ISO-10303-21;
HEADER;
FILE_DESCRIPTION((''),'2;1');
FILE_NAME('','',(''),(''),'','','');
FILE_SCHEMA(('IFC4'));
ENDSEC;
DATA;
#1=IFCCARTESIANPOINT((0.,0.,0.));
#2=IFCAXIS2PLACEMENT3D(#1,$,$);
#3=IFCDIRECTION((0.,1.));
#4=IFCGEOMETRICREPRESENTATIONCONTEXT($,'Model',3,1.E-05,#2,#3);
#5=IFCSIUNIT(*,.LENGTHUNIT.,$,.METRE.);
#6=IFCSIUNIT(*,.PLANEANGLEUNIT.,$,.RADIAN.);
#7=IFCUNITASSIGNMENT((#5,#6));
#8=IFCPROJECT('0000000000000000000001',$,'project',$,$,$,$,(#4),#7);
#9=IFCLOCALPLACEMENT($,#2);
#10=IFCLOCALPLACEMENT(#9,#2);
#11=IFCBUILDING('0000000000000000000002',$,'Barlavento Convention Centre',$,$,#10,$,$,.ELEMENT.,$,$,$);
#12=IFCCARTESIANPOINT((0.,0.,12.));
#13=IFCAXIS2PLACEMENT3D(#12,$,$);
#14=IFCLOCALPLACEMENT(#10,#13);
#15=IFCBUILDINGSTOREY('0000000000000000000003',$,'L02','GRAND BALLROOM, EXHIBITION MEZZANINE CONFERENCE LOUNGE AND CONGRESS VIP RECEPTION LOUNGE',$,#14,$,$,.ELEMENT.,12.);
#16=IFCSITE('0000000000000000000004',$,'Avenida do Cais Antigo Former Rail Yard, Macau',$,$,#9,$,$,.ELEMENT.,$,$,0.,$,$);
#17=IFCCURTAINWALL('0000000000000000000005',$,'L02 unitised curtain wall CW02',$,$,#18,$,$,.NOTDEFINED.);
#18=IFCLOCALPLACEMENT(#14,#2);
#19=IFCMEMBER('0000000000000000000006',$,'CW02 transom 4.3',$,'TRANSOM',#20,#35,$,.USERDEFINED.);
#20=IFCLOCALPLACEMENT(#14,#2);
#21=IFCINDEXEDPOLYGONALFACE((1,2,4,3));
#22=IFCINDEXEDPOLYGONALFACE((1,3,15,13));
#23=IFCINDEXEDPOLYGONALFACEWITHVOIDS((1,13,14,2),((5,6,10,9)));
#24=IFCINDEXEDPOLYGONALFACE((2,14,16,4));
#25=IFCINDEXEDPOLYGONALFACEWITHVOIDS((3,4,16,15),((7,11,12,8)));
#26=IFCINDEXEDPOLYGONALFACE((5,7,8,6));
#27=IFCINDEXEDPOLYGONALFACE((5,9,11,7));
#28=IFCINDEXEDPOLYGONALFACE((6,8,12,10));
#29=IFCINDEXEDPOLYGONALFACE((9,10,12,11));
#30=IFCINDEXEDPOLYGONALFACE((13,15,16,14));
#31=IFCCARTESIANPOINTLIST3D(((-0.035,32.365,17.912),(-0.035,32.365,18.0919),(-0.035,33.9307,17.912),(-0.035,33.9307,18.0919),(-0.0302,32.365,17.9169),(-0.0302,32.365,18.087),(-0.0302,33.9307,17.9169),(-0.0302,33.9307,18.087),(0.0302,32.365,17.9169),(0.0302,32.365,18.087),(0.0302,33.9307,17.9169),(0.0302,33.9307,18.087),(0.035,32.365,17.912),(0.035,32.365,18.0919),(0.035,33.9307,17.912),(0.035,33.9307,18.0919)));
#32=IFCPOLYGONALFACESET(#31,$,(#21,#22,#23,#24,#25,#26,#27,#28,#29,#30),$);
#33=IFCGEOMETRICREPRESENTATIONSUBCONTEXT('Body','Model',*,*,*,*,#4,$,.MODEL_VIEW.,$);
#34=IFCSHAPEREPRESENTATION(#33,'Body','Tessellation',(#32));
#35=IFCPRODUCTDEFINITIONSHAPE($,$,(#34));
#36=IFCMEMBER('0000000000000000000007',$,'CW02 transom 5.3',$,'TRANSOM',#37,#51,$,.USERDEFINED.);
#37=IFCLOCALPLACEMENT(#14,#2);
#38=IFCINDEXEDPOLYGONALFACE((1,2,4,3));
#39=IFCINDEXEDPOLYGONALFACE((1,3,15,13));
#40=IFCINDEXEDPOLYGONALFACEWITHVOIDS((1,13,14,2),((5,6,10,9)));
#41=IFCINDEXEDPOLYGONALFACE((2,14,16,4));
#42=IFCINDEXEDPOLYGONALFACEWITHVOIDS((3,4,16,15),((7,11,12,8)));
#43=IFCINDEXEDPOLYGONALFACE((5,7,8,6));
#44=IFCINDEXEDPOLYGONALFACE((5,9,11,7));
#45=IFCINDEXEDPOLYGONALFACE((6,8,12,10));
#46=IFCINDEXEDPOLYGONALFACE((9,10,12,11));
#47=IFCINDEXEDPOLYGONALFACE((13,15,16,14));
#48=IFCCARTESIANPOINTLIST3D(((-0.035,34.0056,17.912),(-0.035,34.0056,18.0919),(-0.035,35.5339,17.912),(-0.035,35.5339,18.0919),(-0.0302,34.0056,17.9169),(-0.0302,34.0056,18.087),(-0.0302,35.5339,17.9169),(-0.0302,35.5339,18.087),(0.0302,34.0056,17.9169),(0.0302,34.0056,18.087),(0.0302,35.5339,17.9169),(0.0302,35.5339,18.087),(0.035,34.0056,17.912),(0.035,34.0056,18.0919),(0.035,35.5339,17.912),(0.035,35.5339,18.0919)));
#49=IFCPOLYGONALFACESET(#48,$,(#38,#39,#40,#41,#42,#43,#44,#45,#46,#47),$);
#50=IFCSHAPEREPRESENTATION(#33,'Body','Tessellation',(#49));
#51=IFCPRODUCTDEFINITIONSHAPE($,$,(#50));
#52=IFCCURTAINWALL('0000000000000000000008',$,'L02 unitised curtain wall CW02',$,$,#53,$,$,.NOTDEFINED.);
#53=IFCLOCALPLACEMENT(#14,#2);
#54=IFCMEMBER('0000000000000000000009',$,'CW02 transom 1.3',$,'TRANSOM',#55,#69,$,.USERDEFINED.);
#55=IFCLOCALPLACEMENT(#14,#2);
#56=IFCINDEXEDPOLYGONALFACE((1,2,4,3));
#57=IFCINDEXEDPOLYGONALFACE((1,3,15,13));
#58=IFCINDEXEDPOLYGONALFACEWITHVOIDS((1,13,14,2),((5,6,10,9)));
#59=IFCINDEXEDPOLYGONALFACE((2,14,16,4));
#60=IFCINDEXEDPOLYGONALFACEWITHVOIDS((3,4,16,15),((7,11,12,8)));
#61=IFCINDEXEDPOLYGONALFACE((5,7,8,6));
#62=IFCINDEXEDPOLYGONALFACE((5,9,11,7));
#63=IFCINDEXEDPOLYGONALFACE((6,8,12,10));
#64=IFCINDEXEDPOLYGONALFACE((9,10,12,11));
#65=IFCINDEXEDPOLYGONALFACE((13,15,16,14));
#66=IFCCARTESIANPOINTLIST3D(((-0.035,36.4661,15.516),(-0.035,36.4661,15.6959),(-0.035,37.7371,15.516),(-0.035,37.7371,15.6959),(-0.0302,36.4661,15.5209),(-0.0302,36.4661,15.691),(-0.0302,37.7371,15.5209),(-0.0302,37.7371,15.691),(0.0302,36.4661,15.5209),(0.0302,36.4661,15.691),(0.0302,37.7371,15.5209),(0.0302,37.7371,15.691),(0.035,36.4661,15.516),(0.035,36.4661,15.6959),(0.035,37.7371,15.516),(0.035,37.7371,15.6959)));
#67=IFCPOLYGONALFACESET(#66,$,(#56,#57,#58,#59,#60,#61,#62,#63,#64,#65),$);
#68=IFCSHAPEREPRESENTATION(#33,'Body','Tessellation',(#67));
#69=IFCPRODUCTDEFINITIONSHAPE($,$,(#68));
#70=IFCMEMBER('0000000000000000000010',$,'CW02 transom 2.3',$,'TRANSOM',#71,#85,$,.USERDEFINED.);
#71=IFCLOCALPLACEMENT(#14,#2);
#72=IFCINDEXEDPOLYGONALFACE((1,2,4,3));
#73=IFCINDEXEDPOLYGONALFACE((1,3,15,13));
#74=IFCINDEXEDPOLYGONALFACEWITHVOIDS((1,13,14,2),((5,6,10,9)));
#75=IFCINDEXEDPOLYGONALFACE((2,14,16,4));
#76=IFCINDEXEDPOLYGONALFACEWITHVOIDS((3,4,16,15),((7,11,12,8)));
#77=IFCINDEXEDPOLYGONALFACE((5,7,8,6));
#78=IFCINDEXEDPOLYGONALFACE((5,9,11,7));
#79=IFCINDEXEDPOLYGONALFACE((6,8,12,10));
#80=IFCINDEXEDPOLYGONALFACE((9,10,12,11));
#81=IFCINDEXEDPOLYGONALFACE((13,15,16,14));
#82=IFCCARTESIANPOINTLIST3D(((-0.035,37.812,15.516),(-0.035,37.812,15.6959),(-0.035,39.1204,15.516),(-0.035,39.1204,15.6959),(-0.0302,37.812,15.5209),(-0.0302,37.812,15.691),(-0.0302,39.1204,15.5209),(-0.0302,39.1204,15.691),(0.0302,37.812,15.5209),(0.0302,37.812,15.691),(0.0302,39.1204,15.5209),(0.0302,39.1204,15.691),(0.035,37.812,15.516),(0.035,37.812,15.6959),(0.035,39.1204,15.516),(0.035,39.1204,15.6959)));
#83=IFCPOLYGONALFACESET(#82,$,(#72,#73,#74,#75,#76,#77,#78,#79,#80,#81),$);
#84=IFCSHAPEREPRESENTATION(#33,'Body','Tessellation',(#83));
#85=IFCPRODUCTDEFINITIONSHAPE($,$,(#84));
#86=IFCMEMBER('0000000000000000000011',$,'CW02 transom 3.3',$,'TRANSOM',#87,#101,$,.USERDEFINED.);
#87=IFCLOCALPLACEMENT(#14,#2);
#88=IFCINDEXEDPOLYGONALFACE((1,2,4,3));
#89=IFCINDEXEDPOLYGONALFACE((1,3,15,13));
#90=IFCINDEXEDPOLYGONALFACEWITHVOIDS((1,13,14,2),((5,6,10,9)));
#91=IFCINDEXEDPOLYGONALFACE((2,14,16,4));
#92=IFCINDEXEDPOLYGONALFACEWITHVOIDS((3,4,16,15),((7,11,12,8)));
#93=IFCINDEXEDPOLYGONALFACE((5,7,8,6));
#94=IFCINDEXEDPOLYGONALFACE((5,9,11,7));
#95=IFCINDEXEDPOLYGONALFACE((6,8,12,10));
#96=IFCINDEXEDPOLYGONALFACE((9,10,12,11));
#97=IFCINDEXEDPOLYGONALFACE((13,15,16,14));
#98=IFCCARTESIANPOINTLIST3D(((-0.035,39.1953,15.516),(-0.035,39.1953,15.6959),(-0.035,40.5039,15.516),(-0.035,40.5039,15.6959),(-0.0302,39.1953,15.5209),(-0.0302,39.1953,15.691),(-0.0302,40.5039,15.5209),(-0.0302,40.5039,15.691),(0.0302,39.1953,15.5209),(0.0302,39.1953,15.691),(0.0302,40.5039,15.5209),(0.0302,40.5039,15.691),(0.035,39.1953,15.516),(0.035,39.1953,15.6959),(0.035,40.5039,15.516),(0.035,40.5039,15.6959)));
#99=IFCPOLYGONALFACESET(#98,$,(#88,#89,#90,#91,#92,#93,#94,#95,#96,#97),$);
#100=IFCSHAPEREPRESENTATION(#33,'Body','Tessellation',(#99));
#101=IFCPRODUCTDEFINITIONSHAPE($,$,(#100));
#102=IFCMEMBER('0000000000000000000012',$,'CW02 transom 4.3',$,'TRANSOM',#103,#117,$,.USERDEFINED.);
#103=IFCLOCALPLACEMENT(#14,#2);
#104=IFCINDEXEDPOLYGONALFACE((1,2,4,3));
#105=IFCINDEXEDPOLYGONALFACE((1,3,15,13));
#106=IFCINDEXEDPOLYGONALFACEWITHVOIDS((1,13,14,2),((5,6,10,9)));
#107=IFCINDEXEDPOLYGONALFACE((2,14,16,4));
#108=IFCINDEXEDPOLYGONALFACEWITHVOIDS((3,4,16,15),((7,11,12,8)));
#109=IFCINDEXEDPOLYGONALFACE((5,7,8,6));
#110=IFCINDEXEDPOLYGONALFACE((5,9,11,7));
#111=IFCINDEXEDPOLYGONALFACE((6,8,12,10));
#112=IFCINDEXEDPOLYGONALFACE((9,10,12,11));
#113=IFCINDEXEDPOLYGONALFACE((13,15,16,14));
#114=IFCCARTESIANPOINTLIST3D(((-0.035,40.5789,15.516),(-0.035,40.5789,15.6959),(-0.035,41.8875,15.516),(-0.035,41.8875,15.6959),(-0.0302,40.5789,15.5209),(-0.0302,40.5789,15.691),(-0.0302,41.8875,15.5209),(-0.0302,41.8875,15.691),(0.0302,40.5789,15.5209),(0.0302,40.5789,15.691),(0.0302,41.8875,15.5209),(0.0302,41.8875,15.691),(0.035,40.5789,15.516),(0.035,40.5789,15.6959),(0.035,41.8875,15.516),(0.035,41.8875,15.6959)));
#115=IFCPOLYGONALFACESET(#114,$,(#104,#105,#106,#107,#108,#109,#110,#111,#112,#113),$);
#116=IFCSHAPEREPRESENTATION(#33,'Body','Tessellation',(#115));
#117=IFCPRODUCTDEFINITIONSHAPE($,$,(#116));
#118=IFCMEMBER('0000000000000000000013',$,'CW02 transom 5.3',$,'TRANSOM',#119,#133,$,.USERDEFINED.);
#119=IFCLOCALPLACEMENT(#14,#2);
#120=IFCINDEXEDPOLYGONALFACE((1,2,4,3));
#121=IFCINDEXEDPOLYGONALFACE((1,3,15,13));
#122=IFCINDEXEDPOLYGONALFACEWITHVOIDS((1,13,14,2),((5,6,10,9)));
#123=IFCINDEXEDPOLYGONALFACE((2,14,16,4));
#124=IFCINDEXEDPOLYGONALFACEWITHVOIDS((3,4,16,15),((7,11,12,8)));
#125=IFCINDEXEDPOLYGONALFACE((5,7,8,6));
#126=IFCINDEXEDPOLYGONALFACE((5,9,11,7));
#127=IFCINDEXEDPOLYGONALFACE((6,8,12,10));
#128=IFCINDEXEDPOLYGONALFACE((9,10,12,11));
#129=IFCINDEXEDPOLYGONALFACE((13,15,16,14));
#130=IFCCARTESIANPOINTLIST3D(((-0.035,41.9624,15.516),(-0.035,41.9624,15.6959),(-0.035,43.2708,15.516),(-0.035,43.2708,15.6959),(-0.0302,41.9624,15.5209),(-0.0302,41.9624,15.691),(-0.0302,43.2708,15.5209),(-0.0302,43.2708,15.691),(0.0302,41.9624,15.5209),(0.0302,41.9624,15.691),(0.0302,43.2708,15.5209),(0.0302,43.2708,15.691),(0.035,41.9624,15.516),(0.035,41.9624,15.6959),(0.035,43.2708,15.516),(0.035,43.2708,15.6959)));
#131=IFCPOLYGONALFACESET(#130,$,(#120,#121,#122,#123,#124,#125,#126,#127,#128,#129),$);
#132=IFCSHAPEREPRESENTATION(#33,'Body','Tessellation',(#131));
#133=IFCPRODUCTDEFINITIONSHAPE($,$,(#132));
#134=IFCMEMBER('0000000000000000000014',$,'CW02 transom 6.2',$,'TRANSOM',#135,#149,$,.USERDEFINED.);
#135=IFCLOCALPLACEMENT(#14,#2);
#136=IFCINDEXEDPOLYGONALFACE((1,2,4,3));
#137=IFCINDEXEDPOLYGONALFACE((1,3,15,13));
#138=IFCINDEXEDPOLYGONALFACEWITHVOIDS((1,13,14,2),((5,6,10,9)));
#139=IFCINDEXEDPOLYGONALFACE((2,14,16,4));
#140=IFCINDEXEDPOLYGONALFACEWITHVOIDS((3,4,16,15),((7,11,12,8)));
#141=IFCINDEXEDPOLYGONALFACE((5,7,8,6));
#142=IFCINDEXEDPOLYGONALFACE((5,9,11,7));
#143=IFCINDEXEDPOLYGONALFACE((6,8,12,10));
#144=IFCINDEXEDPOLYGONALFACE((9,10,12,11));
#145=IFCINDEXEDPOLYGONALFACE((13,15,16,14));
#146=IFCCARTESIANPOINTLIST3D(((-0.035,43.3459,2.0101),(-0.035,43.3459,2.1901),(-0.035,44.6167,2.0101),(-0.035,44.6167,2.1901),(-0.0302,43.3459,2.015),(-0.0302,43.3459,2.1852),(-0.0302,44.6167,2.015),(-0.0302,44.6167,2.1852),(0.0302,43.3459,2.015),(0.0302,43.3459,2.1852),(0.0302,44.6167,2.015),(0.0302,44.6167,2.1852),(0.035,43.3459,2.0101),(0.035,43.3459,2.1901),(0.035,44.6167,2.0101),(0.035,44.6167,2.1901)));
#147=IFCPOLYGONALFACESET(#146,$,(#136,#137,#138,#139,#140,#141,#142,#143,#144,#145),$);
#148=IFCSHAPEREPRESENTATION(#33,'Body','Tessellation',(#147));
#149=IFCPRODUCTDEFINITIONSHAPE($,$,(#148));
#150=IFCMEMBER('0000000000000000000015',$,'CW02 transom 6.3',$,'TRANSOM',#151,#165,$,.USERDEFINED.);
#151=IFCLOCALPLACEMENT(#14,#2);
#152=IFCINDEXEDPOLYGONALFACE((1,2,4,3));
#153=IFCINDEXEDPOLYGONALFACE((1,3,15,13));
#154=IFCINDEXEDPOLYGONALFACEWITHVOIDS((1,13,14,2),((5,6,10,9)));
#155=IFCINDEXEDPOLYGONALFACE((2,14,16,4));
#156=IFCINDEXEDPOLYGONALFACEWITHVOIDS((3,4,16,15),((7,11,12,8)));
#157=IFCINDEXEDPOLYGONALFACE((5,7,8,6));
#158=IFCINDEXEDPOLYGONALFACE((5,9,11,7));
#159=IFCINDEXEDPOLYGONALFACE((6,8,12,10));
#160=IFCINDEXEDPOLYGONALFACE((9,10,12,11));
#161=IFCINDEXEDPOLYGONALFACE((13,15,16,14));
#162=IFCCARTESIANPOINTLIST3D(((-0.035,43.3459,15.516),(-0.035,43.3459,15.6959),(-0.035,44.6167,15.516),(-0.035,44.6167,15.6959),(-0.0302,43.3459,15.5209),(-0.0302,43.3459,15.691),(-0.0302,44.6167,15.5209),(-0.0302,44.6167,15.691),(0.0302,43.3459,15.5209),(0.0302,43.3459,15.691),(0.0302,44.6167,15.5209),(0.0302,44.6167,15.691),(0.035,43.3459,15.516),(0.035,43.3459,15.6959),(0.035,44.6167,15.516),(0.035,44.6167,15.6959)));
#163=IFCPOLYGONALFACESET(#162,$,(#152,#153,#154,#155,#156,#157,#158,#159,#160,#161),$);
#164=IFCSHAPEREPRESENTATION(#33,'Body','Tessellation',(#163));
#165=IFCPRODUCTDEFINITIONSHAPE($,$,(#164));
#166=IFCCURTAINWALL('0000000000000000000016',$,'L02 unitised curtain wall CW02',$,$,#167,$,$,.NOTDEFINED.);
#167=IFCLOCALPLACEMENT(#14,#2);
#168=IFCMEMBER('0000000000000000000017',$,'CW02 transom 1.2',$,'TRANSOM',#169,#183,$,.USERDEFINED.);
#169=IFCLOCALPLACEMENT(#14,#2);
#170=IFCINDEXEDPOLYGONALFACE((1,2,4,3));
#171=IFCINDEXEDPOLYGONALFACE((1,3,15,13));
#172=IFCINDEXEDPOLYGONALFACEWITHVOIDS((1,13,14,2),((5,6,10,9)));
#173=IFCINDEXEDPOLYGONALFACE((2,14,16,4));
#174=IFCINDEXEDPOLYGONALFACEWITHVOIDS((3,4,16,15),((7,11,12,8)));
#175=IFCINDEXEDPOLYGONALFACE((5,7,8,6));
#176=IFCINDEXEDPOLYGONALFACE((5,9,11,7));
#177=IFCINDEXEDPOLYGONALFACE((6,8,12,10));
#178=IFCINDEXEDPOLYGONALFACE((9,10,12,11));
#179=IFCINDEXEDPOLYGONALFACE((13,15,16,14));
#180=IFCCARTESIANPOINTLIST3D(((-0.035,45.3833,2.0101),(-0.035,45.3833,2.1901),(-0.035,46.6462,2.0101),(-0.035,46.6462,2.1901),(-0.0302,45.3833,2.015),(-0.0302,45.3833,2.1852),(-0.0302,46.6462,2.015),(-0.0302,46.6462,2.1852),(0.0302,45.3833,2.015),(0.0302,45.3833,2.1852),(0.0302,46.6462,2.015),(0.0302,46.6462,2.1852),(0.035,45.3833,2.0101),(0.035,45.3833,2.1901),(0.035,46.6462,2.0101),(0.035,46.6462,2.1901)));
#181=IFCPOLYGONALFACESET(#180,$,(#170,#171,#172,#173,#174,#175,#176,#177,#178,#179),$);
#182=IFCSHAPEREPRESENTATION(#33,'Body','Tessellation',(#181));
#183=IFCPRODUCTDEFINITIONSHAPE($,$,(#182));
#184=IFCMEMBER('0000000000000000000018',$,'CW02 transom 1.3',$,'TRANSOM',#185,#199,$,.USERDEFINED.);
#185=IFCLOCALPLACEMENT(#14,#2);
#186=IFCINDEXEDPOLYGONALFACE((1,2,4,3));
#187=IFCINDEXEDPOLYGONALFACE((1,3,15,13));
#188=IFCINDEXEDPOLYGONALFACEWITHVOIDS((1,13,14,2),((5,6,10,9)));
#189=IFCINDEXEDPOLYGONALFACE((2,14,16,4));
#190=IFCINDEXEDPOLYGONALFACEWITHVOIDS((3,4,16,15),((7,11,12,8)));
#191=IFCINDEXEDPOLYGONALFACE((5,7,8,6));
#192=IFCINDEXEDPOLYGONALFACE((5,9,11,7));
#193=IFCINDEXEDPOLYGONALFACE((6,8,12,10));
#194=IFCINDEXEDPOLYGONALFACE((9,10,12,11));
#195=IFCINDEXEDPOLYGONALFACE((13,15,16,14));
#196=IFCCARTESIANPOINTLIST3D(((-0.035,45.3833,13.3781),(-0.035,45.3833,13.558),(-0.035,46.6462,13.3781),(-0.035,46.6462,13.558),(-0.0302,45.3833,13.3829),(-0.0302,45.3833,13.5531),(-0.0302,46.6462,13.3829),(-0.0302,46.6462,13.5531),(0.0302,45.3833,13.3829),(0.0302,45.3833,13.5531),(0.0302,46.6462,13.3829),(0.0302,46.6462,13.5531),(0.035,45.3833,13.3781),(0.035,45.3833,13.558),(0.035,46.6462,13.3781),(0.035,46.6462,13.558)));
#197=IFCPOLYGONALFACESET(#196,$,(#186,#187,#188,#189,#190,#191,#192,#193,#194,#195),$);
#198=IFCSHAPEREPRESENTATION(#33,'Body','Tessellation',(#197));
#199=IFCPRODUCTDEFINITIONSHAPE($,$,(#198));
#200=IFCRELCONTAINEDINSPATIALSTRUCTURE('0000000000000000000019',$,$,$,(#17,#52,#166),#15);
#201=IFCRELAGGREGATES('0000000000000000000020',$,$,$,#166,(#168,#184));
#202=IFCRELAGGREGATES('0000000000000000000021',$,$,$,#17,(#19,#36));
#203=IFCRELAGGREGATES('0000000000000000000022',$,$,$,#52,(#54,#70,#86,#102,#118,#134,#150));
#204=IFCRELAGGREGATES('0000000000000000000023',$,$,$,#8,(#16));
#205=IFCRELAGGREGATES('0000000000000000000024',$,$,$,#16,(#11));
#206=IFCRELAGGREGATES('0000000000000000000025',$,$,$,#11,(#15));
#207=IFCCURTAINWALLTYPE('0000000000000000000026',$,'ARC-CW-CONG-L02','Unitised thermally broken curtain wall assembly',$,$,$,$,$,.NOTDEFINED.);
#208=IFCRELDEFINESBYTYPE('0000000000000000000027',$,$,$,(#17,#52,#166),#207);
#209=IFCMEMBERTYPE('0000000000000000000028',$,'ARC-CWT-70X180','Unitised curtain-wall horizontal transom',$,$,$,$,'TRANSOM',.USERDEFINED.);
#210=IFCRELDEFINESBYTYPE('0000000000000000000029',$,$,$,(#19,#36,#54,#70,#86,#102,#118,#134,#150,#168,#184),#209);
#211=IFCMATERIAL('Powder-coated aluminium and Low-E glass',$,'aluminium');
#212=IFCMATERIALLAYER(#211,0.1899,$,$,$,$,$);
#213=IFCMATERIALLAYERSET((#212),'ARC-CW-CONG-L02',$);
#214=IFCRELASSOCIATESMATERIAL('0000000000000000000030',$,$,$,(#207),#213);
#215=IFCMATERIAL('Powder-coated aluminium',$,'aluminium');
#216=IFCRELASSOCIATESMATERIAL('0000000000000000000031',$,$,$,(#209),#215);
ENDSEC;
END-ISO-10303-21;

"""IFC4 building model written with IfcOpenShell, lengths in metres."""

from ifc_helpers import new_model, si_unit, direction, frame, origin, origin_2d, place, context, subcontext, project, spatial, hollow_rectangle, extrude, material, layer, layer_set, material_profile, profile_set, type_object, element, aggregate, save


model = new_model("IFC4")

# Units and contexts
model_context = context("Model", 3, precision=1e-05, world=origin(), true_north=direction((0.0, 1.0)))
body_context = subcontext(model_context, "Body", "Model", "MODEL_VIEW")
ifc_project = project(units=[si_unit("LENGTHUNIT", "METRE"), si_unit("PLANEANGLEUNIT", "RADIAN")], contexts=[model_context])

# Site, building, storey
site_placement = place(None, origin())
site = spatial("IfcSite", under=ifc_project, at=site_placement, Name="Avenida do Cais Antigo Former Rail Yard, Macau", CompositionType="ELEMENT", RefElevation=0.0)
building_placement = place(site_placement, origin())
building = spatial("IfcBuilding", under=site, at=building_placement, Name="Barlavento Convention Centre", CompositionType="ELEMENT")
storey_placement = place(building_placement, frame((0.0, 0.0, 12.0)))
storey = spatial("IfcBuildingStorey", under=building, at=storey_placement, Name="L02", Description="GRAND BALLROOM, EXHIBITION MEZZANINE CONFERENCE LOUNGE AND CONGRESS VIP RECEPTION LOUNGE", CompositionType="ELEMENT", Elevation=12.0)

# Curtain walls, members
ifc_material_1 = material(Name="Powder-coated aluminium and Low-E glass", Category="aluminium")
ifc_layer_1 = layer(ifc_material_1, 0.1899)
ifc_layer_set_1 = layer_set([ifc_layer_1], Name="ARC-CW-CONG-L02")
curtain_wall_type = type_object("IfcCurtainWallType", Name="ARC-CW-CONG-L02", Description="Unitised thermally broken curtain wall assembly", PredefinedType="NOTDEFINED", material=ifc_layer_set_1)
curtain_wall_1_placement = place(storey_placement, origin())
curtain_wall_1 = element("IfcCurtainWall", 1, at=curtain_wall_1_placement, inside=storey, type_object=curtain_wall_type, Name="L02 unitised curtain wall CW02", PredefinedType="NOTDEFINED")
ifc_material_2 = material(Name="Powder-coated aluminium", Category="aluminium")
ifc_material_profile = material_profile(ifc_material_2, hollow_rectangle(XDim=0.0701, YDim=0.1799, WallThickness=0.0049, at=origin_2d()), Name="AL-TRAN 70x180x5")
ifc_profile_set = profile_set([ifc_material_profile], Name="Powder-coated aluminium")
member_type = type_object("IfcMemberType", Name="ARC-CWT-70X180", Description="Unitised curtain-wall horizontal transom", ElementType="TRANSOM", PredefinedType="USERDEFINED", material=ifc_profile_set)
member_1_placement = place(storey_placement, frame((0.0, 32.365, 18.002), z_axis=(0.0, 1.0, 0.0), x_axis=(-1.0, 0.0, 0.0)))
member_1 = element("IfcMember", 2, at=member_1_placement, type_object=member_type, Name="CW02 transom 4.3", ObjectType="TRANSOM", PredefinedType="USERDEFINED", context=body_context, shape_type="SweptSolid", body=[
    extrude(hollow_rectangle(XDim=0.0701, YDim=0.1799, WallThickness=0.0049, at=origin_2d()), origin(), (0.0, 0.0, 1.0), 1.5657),
])
member_2_placement = place(storey_placement, frame((0.0, 34.0056, 18.002), z_axis=(0.0, 1.0, 0.0), x_axis=(-1.0, 0.0, 0.0)))
member_2 = element("IfcMember", 3, at=member_2_placement, type_object=member_type, Name="CW02 transom 5.3", ObjectType="TRANSOM", PredefinedType="USERDEFINED", context=body_context, shape_type="SweptSolid", body=[
    extrude(hollow_rectangle(XDim=0.0701, YDim=0.1799, WallThickness=0.0049, at=origin_2d()), origin(), (0.0, 0.0, 1.0), 1.5283),
])
curtain_wall_2_placement = place(storey_placement, origin())
curtain_wall_2 = element("IfcCurtainWall", 4, at=curtain_wall_2_placement, inside=storey, type_object=curtain_wall_type, Name="L02 unitised curtain wall CW02", PredefinedType="NOTDEFINED")
member_3_placement = place(storey_placement, frame((0.0, 36.4661, 15.606), z_axis=(0.0, 1.0, 0.0), x_axis=(-1.0, 0.0, 0.0)))
member_3 = element("IfcMember", 5, at=member_3_placement, type_object=member_type, Name="CW02 transom 1.3", ObjectType="TRANSOM", PredefinedType="USERDEFINED", context=body_context, shape_type="SweptSolid", body=[
    extrude(hollow_rectangle(XDim=0.0701, YDim=0.1799, WallThickness=0.0049, at=origin_2d()), origin(), (0.0, 0.0, 1.0), 1.271),
])
member_4_placement = place(storey_placement, frame((0.0, 37.812, 15.606), z_axis=(0.0, 1.0, 0.0), x_axis=(-1.0, 0.0, 0.0)))
member_4 = element("IfcMember", 6, at=member_4_placement, type_object=member_type, Name="CW02 transom 2.3", ObjectType="TRANSOM", PredefinedType="USERDEFINED", context=body_context, shape_type="SweptSolid", body=[
    extrude(hollow_rectangle(XDim=0.0701, YDim=0.1799, WallThickness=0.0049, at=origin_2d()), origin(), (0.0, 0.0, 1.0), 1.3083),
])
member_5_placement = place(storey_placement, frame((0.0, 39.1953, 15.606), z_axis=(0.0, 1.0, 0.0), x_axis=(-1.0, 0.0, 0.0)))
member_5 = element("IfcMember", 7, at=member_5_placement, type_object=member_type, Name="CW02 transom 3.3", ObjectType="TRANSOM", PredefinedType="USERDEFINED", context=body_context, shape_type="SweptSolid", body=[
    extrude(hollow_rectangle(XDim=0.0701, YDim=0.1799, WallThickness=0.0049, at=origin_2d()), origin(), (0.0, 0.0, 1.0), 1.3086),
])
member_6_placement = place(storey_placement, frame((0.0, 40.5789, 15.606), z_axis=(0.0, 1.0, 0.0), x_axis=(-1.0, 0.0, 0.0)))
member_6 = element("IfcMember", 8, at=member_6_placement, type_object=member_type, Name="CW02 transom 4.3", ObjectType="TRANSOM", PredefinedType="USERDEFINED", context=body_context, shape_type="SweptSolid", body=[
    extrude(hollow_rectangle(XDim=0.0701, YDim=0.1799, WallThickness=0.0049, at=origin_2d()), origin(), (0.0, 0.0, 1.0), 1.3086),
])
member_7_placement = place(storey_placement, frame((0.0, 41.9624, 15.606), z_axis=(0.0, 1.0, 0.0), x_axis=(-1.0, 0.0, 0.0)))
member_7 = element("IfcMember", 9, at=member_7_placement, type_object=member_type, Name="CW02 transom 5.3", ObjectType="TRANSOM", PredefinedType="USERDEFINED", context=body_context, shape_type="SweptSolid", body=[
    extrude(hollow_rectangle(XDim=0.0701, YDim=0.1799, WallThickness=0.0049, at=origin_2d()), origin(), (0.0, 0.0, 1.0), 1.3083),
])
member_8_placement = place(storey_placement, frame((0.0, 43.3459, 2.1001), z_axis=(0.0, 1.0, 0.0), x_axis=(-1.0, 0.0, 0.0)))
member_8 = element("IfcMember", 10, at=member_8_placement, type_object=member_type, Name="CW02 transom 6.2", ObjectType="TRANSOM", PredefinedType="USERDEFINED", context=body_context, shape_type="SweptSolid", body=[
    extrude(hollow_rectangle(XDim=0.0701, YDim=0.1799, WallThickness=0.0049, at=origin_2d()), origin(), (0.0, 0.0, 1.0), 1.2708),
])
member_9_placement = place(storey_placement, frame((0.0, 43.3459, 15.606), z_axis=(0.0, 1.0, 0.0), x_axis=(-1.0, 0.0, 0.0)))
member_9 = element("IfcMember", 11, at=member_9_placement, type_object=member_type, Name="CW02 transom 6.3", ObjectType="TRANSOM", PredefinedType="USERDEFINED", context=body_context, shape_type="SweptSolid", body=[
    extrude(hollow_rectangle(XDim=0.0701, YDim=0.1799, WallThickness=0.0049, at=origin_2d()), origin(), (0.0, 0.0, 1.0), 1.2708),
])
curtain_wall_3_placement = place(storey_placement, origin())
curtain_wall_3 = element("IfcCurtainWall", 12, at=curtain_wall_3_placement, inside=storey, type_object=curtain_wall_type, Name="L02 unitised curtain wall CW02", PredefinedType="NOTDEFINED")
member_10_placement = place(storey_placement, frame((0.0, 45.3833, 2.1001), z_axis=(0.0, 1.0, 0.0), x_axis=(-1.0, 0.0, 0.0)))
member_10 = element("IfcMember", 13, at=member_10_placement, type_object=member_type, Name="CW02 transom 1.2", ObjectType="TRANSOM", PredefinedType="USERDEFINED", context=body_context, shape_type="SweptSolid", body=[
    extrude(hollow_rectangle(XDim=0.0701, YDim=0.1799, WallThickness=0.0049, at=origin_2d()), origin(), (0.0, 0.0, 1.0), 1.2629),
])
member_11_placement = place(storey_placement, frame((0.0, 45.3833, 13.468), z_axis=(0.0, 1.0, 0.0), x_axis=(-1.0, 0.0, 0.0)))
member_11 = element("IfcMember", 14, at=member_11_placement, type_object=member_type, Name="CW02 transom 1.3", ObjectType="TRANSOM", PredefinedType="USERDEFINED", context=body_context, shape_type="SweptSolid", body=[
    extrude(hollow_rectangle(XDim=0.0701, YDim=0.1799, WallThickness=0.0049, at=origin_2d()), origin(), (0.0, 0.0, 1.0), 1.2629),
])
aggregate(curtain_wall_3, [member_10, member_11])

aggregate(curtain_wall_1, [member_1, member_2])
aggregate(curtain_wall_2, [member_3, member_4, member_5, member_6, member_7, member_8, member_9])

save(model, "model.ifc")
